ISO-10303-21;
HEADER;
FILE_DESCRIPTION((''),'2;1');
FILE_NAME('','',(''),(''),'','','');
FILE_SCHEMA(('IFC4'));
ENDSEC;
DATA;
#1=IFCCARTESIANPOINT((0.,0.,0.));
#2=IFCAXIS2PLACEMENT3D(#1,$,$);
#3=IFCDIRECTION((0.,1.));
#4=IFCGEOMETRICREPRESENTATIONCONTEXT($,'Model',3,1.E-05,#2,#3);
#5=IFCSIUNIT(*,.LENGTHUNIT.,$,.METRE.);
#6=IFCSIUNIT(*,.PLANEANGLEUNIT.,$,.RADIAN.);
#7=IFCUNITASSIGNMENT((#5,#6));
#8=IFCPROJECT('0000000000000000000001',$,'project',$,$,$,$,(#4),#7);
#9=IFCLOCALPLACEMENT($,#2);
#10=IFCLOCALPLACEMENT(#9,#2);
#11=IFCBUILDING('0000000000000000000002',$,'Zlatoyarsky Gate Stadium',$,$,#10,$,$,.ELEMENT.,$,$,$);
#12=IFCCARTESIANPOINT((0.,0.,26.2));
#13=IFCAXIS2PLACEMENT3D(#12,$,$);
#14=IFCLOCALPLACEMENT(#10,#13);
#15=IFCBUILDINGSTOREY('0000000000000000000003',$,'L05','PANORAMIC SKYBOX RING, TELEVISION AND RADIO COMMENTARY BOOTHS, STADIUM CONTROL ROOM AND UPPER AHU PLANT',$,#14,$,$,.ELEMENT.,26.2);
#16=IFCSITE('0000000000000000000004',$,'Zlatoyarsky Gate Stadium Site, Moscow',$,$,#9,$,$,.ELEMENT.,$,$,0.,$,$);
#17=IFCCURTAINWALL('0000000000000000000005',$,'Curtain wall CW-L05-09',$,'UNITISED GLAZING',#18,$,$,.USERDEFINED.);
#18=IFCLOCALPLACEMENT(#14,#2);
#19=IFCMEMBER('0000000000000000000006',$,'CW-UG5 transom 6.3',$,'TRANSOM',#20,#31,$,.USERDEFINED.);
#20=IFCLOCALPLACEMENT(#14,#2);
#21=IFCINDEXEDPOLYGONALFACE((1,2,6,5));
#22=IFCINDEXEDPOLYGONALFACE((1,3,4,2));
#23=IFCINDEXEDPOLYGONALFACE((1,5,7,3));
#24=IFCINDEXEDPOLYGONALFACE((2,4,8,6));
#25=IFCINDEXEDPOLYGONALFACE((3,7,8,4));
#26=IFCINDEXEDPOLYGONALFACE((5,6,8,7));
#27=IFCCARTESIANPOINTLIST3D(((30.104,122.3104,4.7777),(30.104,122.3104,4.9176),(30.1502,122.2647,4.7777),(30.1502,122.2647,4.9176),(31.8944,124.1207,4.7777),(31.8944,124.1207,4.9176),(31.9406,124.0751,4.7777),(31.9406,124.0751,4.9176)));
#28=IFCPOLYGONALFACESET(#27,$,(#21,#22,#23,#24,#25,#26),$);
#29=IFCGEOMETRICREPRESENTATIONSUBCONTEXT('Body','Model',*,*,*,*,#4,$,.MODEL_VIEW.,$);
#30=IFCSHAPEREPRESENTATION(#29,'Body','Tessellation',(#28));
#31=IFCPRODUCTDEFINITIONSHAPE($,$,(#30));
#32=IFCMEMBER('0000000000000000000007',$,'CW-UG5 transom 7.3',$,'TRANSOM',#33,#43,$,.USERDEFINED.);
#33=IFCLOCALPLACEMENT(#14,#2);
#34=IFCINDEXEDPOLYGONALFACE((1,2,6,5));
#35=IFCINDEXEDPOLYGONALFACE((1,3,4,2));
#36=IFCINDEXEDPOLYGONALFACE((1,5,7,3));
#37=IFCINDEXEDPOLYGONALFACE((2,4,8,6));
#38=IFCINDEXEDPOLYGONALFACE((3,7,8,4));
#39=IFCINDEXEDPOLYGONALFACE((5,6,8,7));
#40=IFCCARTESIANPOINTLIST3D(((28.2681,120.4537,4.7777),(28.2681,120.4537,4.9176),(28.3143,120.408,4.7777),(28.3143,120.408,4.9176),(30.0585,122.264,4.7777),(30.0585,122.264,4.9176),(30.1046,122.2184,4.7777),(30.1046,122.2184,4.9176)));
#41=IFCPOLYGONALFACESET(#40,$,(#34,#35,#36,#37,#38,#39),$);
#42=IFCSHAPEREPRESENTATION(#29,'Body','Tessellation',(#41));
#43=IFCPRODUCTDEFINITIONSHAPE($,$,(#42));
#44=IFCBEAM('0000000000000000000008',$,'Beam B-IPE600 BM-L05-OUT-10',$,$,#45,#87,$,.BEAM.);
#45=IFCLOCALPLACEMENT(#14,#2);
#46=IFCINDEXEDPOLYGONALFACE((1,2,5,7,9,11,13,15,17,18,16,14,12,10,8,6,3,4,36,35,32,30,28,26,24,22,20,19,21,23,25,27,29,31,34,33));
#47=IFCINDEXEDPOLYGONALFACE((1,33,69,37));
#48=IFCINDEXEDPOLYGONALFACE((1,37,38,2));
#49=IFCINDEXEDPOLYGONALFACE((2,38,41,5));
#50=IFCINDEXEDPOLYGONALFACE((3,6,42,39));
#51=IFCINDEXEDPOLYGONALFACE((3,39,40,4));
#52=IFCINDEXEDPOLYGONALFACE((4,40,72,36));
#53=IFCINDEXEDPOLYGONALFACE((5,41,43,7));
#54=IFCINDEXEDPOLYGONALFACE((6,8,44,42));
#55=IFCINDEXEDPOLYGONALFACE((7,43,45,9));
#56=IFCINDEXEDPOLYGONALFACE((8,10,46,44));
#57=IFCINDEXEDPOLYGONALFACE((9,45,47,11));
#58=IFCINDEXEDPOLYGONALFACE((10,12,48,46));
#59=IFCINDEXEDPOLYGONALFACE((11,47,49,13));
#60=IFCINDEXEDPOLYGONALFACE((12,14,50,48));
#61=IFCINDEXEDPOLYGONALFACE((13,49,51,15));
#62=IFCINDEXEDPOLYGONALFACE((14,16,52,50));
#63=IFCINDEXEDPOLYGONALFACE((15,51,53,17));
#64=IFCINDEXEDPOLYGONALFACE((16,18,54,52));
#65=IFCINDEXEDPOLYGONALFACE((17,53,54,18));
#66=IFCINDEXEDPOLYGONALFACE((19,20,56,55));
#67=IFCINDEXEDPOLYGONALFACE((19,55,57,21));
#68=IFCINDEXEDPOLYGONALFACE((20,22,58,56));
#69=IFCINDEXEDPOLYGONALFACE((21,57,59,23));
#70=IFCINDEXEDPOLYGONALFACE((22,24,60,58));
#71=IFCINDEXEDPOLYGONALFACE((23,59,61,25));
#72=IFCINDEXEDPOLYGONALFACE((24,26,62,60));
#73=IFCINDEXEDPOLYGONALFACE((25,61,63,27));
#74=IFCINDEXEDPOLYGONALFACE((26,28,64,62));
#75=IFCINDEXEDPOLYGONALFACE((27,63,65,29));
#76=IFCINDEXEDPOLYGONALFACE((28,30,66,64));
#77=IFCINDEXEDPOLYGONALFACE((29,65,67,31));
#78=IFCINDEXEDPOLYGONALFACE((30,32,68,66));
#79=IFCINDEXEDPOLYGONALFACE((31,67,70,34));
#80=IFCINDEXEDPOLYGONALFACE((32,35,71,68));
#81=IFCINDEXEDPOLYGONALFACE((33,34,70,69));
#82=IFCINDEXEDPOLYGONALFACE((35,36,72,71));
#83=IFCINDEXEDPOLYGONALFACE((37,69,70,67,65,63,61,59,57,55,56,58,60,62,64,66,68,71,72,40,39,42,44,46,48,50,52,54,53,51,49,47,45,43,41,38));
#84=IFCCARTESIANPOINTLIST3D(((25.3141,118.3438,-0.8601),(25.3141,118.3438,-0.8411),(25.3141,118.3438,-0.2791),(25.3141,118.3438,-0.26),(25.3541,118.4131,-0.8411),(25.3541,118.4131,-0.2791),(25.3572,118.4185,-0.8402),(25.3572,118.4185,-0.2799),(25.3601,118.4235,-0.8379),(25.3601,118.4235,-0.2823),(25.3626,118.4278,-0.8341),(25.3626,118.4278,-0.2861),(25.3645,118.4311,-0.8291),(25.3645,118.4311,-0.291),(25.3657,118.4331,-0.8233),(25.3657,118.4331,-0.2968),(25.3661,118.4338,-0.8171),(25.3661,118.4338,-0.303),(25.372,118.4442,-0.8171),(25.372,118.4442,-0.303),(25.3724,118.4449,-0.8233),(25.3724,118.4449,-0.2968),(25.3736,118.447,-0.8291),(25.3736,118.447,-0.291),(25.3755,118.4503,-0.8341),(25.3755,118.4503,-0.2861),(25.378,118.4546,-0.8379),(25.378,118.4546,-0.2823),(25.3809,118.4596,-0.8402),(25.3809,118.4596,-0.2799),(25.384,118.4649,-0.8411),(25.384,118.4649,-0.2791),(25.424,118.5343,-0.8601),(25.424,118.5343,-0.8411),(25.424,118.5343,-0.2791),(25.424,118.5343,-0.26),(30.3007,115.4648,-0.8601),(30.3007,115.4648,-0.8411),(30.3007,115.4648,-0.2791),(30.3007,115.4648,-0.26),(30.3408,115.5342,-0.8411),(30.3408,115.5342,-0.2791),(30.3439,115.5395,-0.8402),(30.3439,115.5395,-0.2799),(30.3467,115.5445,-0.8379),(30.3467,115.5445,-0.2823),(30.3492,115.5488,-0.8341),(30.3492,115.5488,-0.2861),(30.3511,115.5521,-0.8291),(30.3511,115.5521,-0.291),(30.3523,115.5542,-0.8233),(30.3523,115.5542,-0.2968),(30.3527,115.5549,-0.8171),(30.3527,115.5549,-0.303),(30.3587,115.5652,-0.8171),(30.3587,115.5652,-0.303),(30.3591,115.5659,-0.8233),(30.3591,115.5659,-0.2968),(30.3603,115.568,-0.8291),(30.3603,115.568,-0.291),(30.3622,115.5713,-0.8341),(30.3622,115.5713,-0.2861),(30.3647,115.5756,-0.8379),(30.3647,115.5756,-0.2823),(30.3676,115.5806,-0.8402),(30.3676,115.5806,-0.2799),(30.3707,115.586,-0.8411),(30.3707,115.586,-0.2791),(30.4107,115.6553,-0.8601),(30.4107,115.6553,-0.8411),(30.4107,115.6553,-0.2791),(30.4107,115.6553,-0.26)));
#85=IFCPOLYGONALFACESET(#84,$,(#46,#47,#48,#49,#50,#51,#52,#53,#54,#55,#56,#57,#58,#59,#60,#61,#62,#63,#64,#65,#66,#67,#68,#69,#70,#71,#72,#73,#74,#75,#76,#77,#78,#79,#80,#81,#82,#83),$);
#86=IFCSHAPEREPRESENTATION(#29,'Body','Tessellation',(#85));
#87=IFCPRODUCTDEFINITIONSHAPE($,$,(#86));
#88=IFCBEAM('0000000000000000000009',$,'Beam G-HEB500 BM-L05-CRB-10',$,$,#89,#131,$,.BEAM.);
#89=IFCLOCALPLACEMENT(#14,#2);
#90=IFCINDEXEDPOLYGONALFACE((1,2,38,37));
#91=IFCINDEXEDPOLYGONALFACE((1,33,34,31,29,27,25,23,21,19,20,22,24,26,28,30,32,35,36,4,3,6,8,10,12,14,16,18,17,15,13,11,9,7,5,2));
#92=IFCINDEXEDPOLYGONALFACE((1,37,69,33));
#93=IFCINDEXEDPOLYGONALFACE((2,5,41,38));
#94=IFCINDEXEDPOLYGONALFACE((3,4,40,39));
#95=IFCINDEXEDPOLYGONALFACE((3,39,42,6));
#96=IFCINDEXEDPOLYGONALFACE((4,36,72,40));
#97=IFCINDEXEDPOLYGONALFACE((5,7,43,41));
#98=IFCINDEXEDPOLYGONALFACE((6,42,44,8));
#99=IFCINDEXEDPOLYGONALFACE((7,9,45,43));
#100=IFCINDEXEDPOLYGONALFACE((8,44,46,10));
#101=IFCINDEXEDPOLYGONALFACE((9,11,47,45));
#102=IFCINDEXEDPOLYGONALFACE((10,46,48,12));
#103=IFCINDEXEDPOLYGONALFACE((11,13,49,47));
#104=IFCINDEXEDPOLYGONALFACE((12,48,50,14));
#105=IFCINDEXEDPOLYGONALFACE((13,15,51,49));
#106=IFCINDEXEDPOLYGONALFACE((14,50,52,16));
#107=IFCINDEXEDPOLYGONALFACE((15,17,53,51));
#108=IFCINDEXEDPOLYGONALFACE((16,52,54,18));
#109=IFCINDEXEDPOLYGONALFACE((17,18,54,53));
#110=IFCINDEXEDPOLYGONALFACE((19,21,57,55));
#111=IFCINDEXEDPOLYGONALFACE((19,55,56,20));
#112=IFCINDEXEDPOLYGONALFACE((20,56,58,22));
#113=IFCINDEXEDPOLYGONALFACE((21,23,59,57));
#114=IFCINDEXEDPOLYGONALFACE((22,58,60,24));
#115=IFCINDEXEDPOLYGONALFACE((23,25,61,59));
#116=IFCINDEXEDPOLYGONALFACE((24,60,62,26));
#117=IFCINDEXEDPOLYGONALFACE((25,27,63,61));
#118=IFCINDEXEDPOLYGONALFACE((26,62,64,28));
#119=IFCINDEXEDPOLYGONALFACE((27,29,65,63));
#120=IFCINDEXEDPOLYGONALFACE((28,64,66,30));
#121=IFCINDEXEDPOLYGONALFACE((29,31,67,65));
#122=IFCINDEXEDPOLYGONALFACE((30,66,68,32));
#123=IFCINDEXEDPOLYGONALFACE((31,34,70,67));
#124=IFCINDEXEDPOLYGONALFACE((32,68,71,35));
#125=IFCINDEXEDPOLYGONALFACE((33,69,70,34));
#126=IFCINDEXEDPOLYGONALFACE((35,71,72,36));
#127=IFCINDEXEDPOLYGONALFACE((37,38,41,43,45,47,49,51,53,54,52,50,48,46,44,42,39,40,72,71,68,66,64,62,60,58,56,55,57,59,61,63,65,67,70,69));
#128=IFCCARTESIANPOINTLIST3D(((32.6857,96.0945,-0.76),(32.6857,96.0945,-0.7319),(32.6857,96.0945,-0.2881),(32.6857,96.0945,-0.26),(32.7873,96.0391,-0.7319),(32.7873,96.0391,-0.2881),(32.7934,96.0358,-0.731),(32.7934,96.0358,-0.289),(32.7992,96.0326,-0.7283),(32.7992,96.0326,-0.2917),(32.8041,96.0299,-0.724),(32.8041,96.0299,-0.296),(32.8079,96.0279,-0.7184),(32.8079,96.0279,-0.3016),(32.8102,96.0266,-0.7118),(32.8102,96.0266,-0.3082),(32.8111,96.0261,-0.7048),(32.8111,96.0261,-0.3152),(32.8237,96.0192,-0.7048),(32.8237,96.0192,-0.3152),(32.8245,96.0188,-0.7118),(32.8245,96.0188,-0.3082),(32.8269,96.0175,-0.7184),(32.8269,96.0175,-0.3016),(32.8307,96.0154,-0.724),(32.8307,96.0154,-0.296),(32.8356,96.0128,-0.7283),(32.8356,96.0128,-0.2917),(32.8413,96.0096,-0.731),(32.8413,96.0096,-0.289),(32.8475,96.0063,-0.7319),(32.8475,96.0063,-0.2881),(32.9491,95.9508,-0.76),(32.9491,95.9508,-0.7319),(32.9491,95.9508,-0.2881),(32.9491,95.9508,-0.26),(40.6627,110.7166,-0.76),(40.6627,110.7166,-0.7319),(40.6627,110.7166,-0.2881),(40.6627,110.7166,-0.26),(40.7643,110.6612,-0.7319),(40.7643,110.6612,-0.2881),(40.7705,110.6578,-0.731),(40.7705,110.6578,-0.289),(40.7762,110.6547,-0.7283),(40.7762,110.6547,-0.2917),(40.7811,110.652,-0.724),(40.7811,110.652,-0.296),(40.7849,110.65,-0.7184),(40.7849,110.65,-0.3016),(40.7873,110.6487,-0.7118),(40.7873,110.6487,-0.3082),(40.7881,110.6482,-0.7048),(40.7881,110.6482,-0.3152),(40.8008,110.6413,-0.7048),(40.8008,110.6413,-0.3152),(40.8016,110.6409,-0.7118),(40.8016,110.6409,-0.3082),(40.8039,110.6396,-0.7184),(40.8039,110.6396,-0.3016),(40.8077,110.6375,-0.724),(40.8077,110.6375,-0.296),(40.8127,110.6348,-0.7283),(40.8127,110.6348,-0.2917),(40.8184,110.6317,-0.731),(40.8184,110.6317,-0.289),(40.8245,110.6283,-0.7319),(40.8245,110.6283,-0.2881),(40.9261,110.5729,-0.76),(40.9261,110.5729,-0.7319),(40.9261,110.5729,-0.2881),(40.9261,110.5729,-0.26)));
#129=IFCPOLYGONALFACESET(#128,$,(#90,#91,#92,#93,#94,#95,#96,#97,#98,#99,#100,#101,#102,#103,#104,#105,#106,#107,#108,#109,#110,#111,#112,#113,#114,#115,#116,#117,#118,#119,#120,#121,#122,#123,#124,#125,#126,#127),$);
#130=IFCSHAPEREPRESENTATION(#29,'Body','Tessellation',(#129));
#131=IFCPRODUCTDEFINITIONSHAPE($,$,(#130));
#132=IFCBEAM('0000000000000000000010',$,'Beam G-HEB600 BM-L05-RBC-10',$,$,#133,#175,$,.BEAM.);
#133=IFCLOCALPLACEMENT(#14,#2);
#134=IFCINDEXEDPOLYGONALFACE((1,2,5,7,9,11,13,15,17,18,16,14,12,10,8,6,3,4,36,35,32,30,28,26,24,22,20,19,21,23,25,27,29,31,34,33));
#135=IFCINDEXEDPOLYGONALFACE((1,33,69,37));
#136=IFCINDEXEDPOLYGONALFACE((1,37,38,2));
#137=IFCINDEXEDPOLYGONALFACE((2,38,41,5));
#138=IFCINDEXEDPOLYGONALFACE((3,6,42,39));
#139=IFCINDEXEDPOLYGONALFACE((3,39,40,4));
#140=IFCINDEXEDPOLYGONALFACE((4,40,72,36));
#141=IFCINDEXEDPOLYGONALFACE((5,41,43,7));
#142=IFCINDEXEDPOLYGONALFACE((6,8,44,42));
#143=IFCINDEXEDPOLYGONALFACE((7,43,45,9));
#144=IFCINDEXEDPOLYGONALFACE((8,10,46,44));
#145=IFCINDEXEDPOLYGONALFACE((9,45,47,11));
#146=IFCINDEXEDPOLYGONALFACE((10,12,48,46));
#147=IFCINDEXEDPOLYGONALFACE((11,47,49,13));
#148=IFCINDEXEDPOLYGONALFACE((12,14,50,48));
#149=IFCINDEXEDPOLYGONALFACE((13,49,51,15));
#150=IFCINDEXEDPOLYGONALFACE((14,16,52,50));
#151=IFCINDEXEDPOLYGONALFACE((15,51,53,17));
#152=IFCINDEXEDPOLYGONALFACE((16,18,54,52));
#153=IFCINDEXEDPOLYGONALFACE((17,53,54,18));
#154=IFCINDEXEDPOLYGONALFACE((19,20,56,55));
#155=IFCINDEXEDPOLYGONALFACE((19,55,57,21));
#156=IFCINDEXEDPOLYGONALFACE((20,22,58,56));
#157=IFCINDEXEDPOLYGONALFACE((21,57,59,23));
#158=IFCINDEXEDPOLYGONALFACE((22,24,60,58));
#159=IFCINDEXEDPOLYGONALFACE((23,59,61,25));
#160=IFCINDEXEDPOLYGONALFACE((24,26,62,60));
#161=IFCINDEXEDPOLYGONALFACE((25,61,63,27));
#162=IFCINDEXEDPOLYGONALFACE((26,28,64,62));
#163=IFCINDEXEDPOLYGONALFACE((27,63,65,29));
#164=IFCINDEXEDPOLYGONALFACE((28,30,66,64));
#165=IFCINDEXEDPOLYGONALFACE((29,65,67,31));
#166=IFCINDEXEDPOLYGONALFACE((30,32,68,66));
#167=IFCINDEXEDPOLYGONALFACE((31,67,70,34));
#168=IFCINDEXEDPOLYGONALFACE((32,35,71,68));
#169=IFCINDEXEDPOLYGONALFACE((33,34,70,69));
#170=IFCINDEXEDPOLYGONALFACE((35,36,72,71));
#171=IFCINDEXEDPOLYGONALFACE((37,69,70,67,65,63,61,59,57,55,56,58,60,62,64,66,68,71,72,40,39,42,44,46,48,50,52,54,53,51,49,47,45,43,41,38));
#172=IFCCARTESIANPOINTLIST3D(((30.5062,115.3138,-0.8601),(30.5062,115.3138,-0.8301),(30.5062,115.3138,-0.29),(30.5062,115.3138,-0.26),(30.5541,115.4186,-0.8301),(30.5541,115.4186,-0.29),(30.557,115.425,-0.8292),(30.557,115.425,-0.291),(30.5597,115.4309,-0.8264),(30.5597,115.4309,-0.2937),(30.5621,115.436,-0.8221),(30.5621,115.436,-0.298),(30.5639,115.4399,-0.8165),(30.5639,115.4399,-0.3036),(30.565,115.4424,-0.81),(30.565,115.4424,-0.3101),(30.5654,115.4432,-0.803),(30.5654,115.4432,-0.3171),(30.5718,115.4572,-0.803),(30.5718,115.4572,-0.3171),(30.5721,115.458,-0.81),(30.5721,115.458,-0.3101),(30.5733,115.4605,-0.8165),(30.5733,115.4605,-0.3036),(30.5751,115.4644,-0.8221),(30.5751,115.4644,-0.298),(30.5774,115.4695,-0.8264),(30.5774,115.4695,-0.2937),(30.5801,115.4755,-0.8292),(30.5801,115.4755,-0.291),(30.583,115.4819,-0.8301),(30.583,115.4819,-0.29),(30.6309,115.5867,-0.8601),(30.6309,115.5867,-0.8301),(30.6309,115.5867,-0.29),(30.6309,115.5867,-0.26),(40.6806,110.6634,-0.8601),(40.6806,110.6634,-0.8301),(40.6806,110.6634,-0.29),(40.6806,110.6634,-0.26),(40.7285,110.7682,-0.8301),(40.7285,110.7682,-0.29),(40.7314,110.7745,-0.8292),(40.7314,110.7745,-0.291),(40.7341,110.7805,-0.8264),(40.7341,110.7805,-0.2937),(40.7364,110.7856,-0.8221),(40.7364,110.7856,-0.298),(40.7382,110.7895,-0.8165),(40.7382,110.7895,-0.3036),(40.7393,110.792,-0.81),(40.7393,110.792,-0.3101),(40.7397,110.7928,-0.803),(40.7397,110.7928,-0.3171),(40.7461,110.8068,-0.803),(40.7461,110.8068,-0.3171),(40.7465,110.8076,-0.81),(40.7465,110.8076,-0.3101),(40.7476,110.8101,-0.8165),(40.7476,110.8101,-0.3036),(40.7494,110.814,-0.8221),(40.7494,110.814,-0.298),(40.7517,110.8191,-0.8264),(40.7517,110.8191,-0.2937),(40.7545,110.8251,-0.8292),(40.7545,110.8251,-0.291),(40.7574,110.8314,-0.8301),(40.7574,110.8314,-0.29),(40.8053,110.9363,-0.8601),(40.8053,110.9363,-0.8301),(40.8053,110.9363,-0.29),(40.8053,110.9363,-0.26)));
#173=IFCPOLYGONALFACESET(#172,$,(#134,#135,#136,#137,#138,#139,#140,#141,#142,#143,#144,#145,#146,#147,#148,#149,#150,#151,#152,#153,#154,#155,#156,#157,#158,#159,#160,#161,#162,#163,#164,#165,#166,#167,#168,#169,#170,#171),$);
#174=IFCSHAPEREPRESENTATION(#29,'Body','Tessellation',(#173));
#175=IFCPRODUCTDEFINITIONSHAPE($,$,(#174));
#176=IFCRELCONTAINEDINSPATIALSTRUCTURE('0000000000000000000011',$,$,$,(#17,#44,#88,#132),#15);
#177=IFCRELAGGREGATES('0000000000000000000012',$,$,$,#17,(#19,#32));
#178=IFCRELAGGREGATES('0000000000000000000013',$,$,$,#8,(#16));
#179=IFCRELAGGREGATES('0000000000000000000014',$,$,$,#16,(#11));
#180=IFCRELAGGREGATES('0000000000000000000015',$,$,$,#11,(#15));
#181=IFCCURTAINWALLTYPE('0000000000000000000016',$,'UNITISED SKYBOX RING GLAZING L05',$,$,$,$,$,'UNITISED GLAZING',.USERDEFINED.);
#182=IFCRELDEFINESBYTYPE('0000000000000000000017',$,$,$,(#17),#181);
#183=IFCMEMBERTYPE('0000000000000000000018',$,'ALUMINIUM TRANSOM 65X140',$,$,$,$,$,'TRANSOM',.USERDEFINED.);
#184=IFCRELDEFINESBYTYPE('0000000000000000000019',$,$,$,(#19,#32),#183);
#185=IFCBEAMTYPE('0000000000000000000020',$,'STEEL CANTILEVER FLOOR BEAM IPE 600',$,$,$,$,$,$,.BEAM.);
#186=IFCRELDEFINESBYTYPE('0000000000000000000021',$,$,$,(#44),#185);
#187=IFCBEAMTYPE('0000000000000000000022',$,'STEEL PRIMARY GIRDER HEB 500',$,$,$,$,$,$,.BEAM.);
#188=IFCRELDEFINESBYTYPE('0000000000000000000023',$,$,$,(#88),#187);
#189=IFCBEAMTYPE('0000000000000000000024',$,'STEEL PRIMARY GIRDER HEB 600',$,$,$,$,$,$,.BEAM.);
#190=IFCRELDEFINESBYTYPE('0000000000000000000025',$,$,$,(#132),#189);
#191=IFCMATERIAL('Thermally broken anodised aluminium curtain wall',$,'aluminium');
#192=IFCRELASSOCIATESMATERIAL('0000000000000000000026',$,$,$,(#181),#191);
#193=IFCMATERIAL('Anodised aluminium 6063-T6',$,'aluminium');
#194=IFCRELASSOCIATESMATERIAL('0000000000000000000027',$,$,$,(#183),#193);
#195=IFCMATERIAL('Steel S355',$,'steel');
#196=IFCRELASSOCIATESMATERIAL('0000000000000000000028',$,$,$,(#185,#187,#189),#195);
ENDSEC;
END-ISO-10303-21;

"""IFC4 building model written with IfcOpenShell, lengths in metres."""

from ifc_helpers import new_model, si_unit, direction, frame, origin, origin_2d, place, context, subcontext, project, spatial, rectangle, i_section, extrude, material, material_profile, profile_set, type_object, element, aggregate, save


model = new_model("IFC4")

# Units and contexts
model_context = context("Model", 3, precision=1e-05, world=origin(), true_north=direction((0.0, 1.0)))
body_context = subcontext(model_context, "Body", "Model", "MODEL_VIEW")
ifc_project = project(units=[si_unit("LENGTHUNIT", "METRE"), si_unit("PLANEANGLEUNIT", "RADIAN")], contexts=[model_context])

# Site, building, storey
site_placement = place(None, origin())
site = spatial("IfcSite", under=ifc_project, at=site_placement, Name="Zlatoyarsky Gate Stadium Site, Moscow", CompositionType="ELEMENT", RefElevation=0.0)
building_placement = place(site_placement, origin())
building = spatial("IfcBuilding", under=site, at=building_placement, Name="Zlatoyarsky Gate Stadium", CompositionType="ELEMENT")
storey_placement = place(building_placement, frame((0.0, 0.0, 26.2)))
storey = spatial("IfcBuildingStorey", under=building, at=storey_placement, Name="L05", Description="PANORAMIC SKYBOX RING, TELEVISION AND RADIO COMMENTARY BOOTHS, STADIUM CONTROL ROOM AND UPPER AHU PLANT", CompositionType="ELEMENT", Elevation=26.2)

# Shared definitions
ifc_material_1 = material(Name="Steel S355", Category="steel")

# Curtain wall, members
ifc_material_2 = material(Name="Thermally broken anodised aluminium curtain wall", Category="aluminium")
curtain_wall_type = type_object("IfcCurtainWallType", Name="UNITISED SKYBOX RING GLAZING L05", ElementType="UNITISED GLAZING", PredefinedType="USERDEFINED", material=ifc_material_2)
curtain_wall_placement = place(storey_placement, origin())
curtain_wall = element("IfcCurtainWall", 1, at=curtain_wall_placement, inside=storey, type_object=curtain_wall_type, Name="Curtain wall CW-L05-09", ObjectType="UNITISED GLAZING", PredefinedType="USERDEFINED")
ifc_material_3 = material(Name="Anodised aluminium 6063-T6", Category="aluminium")
ifc_material_profile_1 = material_profile(ifc_material_3, rectangle(XDim=0.0649, YDim=0.1399, at=origin_2d()), Name="ALU 65X140")
ifc_profile_set_1 = profile_set([ifc_material_profile_1], Name="Anodised aluminium 6063-T6")
member_type_1 = type_object("IfcMemberType", Name="ALUMINIUM TRANSOM 65X140", ElementType="TRANSOM", PredefinedType="USERDEFINED", material=ifc_profile_set_1)
member_1_placement = place(storey_placement, frame((31.9175, 124.0979, 4.8477), z_axis=(-0.703164, -0.711027, 0.0), x_axis=(0.711027, -0.703164, 0.0)))
member_1 = element("IfcMember", 2, at=member_1_placement, type_object=member_type_1, Name="CW-UG5 transom 6.3", ObjectType="TRANSOM", PredefinedType="USERDEFINED", context=body_context, shape_type="SweptSolid", body=[
    extrude(rectangle(XDim=0.0649, YDim=0.1399, at=origin_2d()), origin(), (0.0, 0.0, 1.0), 2.5461),
])
member_2_placement = place(storey_placement, frame((30.0815, 122.2412, 4.8477), z_axis=(-0.703164, -0.711027, 0.0), x_axis=(0.711027, -0.703164, 0.0)))
member_2 = element("IfcMember", 3, at=member_2_placement, type_object=member_type_1, Name="CW-UG5 transom 7.3", ObjectType="TRANSOM", PredefinedType="USERDEFINED", context=body_context, shape_type="SweptSolid", body=[
    extrude(rectangle(XDim=0.0649, YDim=0.1399, at=origin_2d()), origin(), (0.0, 0.0, 1.0), 2.5461),
])

# Beams
ifc_material_profile_2 = material_profile(ifc_material_1, i_section(OverallWidth=0.22, OverallDepth=0.6001, WebThickness=0.012, FlangeThickness=0.019, FilletRadius=0.0239, at=origin_2d()), Name="IPE 600")
ifc_profile_set_2 = profile_set([ifc_material_profile_2], Name="Steel S355")
beam_type_1 = type_object("IfcBeamType", Name="STEEL CANTILEVER FLOOR BEAM IPE 600", PredefinedType="BEAM", material=ifc_profile_set_2)
beam_1_placement = place(storey_placement, frame((30.3557, 115.5601, -0.5601), z_axis=(-0.866032, 0.499988, 0.0), x_axis=(-0.499988, -0.866032, 0.0)))
element("IfcBeam", 4, at=beam_1_placement, inside=storey, type_object=beam_type_1, Name="Beam B-IPE600 BM-L05-OUT-10", PredefinedType="BEAM", context=body_context, shape_type="SweptSolid", body=[
    extrude(i_section(OverallWidth=0.22, OverallDepth=0.6001, WebThickness=0.012, FlangeThickness=0.019, FilletRadius=0.0239, at=origin_2d()), origin(), (0.0, 0.0, 1.0), 5.7581),
])
ifc_material_profile_3 = material_profile(ifc_material_1, i_section(OverallWidth=0.3, OverallDepth=0.5, WebThickness=0.0144, FlangeThickness=0.0281, FilletRadius=0.0271, at=origin_2d()), Name="HEB 500")
ifc_profile_set_3 = profile_set([ifc_material_profile_3], Name="Steel S355")
beam_type_2 = type_object("IfcBeamType", Name="STEEL PRIMARY GIRDER HEB 500", PredefinedType="BEAM", material=ifc_profile_set_3)
beam_2_placement = place(storey_placement, frame((40.7944, 110.6448, -0.51), z_axis=(-0.478916, -0.877861, 0.0), x_axis=(0.877861, -0.478916, 0.0)))
element("IfcBeam", 5, at=beam_2_placement, inside=storey, type_object=beam_type_2, Name="Beam G-HEB500 BM-L05-CRB-10", PredefinedType="BEAM", context=body_context, shape_type="SweptSolid", body=[
    extrude(i_section(OverallWidth=0.3, OverallDepth=0.5, WebThickness=0.0144, FlangeThickness=0.0281, FilletRadius=0.0271, at=origin_2d()), origin(), (0.0, 0.0, 1.0), 16.6565),
])
ifc_material_profile_4 = material_profile(ifc_material_1, i_section(OverallWidth=0.3, OverallDepth=0.6001, WebThickness=0.0154, FlangeThickness=0.03, FilletRadius=0.0271, at=origin_2d()), Name="HEB 600")
ifc_profile_set_4 = profile_set([ifc_material_profile_4], Name="Steel S355")
beam_type_3 = type_object("IfcBeamType", Name="STEEL PRIMARY GIRDER HEB 600", PredefinedType="BEAM", material=ifc_profile_set_4)
beam_3_placement = place(storey_placement, frame((40.7429, 110.7998, -0.5601), z_axis=(-0.909499, 0.415706, 0.0), x_axis=(-0.415706, -0.909499, 0.0)))
element("IfcBeam", 6, at=beam_3_placement, inside=storey, type_object=beam_type_3, Name="Beam G-HEB600 BM-L05-RBC-10", PredefinedType="BEAM", context=body_context, shape_type="SweptSolid", body=[
    extrude(i_section(OverallWidth=0.3, OverallDepth=0.6001, WebThickness=0.0154, FlangeThickness=0.03, FilletRadius=0.0271, at=origin_2d()), origin(), (0.0, 0.0, 1.0), 11.1868),
])

aggregate(curtain_wall, [member_1, member_2])

save(model, "model.ifc")
